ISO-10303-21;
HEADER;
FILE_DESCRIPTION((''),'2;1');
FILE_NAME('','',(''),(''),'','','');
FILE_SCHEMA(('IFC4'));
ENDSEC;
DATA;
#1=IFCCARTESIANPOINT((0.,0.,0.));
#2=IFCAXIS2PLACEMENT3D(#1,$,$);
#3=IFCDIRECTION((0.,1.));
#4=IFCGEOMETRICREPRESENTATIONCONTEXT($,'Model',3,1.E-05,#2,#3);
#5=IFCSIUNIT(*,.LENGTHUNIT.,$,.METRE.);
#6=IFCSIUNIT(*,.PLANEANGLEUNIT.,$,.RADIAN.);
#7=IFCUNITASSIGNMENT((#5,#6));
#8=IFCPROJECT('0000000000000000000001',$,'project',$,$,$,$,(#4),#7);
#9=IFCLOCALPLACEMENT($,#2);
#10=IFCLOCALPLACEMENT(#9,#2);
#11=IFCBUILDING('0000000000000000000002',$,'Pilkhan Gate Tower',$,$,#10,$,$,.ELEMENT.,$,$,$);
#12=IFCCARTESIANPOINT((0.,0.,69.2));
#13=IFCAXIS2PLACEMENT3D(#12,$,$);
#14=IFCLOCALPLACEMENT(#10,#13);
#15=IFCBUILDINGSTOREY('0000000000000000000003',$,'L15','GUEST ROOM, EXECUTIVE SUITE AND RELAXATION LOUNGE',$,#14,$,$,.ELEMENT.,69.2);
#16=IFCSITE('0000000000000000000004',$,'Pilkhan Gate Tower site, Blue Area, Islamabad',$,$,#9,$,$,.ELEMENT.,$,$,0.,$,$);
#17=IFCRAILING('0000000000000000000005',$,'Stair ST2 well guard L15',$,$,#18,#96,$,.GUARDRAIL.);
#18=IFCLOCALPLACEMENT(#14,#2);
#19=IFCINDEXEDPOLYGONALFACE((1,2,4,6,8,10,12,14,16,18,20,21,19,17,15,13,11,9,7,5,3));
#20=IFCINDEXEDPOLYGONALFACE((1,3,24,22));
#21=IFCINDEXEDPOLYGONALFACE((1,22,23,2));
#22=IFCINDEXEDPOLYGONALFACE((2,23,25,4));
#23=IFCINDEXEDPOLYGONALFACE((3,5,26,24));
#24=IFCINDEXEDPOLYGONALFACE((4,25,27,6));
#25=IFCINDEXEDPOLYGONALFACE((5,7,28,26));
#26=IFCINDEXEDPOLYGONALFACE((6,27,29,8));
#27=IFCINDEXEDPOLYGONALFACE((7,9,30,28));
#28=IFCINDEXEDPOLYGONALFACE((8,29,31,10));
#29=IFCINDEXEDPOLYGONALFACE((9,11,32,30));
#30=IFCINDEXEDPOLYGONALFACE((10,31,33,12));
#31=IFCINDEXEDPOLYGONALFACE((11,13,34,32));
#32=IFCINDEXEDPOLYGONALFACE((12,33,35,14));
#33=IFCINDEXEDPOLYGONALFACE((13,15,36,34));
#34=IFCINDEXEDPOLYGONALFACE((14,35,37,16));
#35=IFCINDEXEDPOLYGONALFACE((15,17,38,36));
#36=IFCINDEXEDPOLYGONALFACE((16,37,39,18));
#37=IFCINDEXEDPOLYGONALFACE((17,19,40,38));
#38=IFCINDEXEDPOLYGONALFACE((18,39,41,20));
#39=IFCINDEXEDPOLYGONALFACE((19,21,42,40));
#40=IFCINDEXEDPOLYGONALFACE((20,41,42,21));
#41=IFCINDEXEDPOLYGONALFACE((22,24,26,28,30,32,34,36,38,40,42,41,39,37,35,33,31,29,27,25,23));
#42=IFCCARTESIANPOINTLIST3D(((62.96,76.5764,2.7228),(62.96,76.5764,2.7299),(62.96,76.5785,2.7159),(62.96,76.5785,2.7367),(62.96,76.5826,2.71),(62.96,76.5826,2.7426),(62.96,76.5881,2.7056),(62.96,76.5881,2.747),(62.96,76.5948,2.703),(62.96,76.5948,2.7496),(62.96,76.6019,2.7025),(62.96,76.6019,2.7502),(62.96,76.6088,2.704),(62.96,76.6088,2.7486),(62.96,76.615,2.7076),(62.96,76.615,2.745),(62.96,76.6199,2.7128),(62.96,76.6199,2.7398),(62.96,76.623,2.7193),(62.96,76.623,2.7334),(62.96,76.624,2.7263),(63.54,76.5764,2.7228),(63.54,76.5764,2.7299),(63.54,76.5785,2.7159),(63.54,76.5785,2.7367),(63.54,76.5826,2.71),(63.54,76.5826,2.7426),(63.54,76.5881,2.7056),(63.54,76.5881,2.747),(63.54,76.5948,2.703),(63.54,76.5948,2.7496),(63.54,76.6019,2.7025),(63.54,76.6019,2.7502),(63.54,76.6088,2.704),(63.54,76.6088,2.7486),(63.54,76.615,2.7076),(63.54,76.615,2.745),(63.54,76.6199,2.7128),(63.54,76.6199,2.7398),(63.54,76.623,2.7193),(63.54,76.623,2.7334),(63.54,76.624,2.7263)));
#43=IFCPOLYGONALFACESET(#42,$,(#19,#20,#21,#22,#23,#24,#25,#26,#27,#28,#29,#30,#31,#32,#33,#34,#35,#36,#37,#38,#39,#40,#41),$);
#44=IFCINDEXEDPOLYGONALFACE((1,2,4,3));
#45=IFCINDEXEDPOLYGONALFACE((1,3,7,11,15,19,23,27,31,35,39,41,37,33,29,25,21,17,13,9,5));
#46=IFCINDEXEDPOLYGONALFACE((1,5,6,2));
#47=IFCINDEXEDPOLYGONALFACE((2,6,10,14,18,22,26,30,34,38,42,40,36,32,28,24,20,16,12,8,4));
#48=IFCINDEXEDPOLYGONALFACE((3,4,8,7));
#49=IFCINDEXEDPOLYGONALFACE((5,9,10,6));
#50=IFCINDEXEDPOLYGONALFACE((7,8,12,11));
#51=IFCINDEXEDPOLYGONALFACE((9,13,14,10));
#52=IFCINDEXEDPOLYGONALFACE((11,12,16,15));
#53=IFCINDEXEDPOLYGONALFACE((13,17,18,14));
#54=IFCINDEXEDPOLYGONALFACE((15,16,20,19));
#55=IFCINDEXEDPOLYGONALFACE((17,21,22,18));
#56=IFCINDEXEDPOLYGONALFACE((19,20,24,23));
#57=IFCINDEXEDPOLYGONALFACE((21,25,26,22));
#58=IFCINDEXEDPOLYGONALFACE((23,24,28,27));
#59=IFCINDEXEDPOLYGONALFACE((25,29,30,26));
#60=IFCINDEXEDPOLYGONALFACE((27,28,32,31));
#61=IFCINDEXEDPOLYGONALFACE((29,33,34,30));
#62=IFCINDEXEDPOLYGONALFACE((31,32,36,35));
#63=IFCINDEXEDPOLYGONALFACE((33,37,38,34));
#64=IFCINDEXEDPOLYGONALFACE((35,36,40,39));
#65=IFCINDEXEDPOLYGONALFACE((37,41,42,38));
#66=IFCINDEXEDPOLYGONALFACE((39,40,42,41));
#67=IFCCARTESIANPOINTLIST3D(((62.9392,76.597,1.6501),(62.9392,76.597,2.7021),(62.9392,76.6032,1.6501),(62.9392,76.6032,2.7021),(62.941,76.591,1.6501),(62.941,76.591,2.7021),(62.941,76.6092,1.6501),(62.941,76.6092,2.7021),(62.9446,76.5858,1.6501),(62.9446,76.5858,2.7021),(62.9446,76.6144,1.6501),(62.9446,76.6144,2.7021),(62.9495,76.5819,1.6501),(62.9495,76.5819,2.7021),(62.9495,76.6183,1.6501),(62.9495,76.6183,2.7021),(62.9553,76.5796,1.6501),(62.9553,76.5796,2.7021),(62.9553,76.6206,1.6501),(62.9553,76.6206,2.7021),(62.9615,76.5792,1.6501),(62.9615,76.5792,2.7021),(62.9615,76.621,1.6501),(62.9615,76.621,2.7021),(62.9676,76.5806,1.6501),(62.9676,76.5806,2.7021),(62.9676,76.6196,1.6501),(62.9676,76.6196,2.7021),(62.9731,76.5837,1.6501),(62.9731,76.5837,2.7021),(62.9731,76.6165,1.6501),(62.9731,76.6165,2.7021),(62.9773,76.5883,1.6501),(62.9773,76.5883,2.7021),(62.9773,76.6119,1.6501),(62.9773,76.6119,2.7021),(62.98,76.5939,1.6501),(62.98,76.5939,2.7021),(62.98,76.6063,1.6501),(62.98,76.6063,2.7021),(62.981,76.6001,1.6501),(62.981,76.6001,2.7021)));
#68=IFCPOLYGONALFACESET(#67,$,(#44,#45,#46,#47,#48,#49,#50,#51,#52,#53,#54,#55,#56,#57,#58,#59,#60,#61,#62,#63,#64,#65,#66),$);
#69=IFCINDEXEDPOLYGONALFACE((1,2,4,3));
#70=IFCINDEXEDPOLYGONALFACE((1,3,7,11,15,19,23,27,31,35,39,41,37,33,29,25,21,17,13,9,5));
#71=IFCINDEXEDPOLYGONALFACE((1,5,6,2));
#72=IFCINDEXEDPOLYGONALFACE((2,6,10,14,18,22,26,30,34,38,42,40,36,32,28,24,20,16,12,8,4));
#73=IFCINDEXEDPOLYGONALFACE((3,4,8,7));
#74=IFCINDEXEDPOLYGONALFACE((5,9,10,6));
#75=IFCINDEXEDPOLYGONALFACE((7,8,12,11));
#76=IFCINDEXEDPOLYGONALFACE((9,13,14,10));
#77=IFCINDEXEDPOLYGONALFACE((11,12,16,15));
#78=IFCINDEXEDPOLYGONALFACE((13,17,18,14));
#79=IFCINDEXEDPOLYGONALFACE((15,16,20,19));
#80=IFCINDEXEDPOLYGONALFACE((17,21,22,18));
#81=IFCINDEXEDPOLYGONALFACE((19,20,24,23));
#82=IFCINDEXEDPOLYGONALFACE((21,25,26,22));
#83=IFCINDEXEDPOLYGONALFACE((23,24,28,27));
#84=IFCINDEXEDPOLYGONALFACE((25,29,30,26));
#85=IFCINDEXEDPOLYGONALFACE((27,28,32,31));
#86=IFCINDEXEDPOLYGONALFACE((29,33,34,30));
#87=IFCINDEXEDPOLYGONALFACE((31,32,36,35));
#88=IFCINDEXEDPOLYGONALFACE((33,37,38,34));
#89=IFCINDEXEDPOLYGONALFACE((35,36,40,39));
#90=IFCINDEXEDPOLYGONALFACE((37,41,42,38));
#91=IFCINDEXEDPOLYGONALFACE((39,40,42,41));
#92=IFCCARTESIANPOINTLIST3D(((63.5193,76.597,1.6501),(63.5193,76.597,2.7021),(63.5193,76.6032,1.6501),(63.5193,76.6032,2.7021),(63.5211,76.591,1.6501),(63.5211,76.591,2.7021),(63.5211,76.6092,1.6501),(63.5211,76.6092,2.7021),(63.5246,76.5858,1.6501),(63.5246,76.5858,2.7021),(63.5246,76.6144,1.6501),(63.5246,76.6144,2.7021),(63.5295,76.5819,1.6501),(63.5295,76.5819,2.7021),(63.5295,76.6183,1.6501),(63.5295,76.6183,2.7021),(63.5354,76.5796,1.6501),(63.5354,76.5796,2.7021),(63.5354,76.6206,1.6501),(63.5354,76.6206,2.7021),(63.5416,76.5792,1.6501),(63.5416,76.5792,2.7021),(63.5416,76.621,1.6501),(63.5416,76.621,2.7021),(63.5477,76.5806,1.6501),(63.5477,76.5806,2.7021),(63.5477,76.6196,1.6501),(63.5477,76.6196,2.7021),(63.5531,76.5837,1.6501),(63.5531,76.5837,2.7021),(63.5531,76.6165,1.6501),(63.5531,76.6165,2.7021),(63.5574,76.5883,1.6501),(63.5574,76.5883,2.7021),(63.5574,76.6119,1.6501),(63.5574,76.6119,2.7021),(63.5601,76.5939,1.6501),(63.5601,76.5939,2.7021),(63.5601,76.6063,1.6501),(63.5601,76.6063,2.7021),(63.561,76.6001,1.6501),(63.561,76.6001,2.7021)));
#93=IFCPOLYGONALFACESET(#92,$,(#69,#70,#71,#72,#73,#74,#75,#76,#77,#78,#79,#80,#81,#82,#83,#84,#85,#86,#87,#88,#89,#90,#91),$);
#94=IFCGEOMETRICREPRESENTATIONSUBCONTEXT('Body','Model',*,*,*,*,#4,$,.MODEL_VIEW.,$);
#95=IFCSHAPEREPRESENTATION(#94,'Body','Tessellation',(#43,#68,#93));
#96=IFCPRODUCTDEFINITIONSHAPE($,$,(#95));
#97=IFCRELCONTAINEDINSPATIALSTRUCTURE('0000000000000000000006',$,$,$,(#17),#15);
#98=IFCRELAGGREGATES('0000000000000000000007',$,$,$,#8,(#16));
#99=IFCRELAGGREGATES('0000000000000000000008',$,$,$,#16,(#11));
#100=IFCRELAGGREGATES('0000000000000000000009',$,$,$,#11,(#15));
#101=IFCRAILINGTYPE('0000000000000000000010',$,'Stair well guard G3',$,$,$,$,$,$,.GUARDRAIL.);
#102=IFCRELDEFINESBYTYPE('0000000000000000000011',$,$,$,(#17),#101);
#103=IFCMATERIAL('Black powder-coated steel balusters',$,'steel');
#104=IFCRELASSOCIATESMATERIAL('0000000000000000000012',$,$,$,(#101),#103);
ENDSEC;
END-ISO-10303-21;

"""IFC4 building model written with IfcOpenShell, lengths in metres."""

from ifc_helpers import new_model, si_unit, direction, frame, origin, origin_2d, place, context, subcontext, project, spatial, circle, extrude, material, type_object, element, save


model = new_model("IFC4")

# Units and contexts
model_context = context("Model", 3, precision=1e-05, world=origin(), true_north=direction((0.0, 1.0)))
body_context = subcontext(model_context, "Body", "Model", "MODEL_VIEW")
ifc_project = project(units=[si_unit("LENGTHUNIT", "METRE"), si_unit("PLANEANGLEUNIT", "RADIAN")], contexts=[model_context])

# Site, building, storey
site_placement = place(None, origin())
site = spatial("IfcSite", under=ifc_project, at=site_placement, Name="Pilkhan Gate Tower site, Blue Area, Islamabad", CompositionType="ELEMENT", RefElevation=0.0)
building_placement = place(site_placement, origin())
building = spatial("IfcBuilding", under=site, at=building_placement, Name="Pilkhan Gate Tower", CompositionType="ELEMENT")
storey_placement = place(building_placement, frame((0.0, 0.0, 69.2)))
storey = spatial("IfcBuildingStorey", under=building, at=storey_placement, Name="L15", Description="GUEST ROOM, EXECUTIVE SUITE AND RELAXATION LOUNGE", CompositionType="ELEMENT", Elevation=69.2)

# Railing
ifc_material_1 = material(Name="Black powder-coated steel balusters", Category="steel")
railing_type_1 = type_object("IfcRailingType", Name="Stair well guard G3", PredefinedType="GUARDRAIL", material=ifc_material_1)
for number, where, name in (
    (1, (62.96, 76.6001, 1.6501), "Stair ST2 well guard L15"),
):
    element("IfcRailing", number, at=place(storey_placement, frame(where)), inside=storey, type_object=railing_type_1, Name=name, PredefinedType="GUARDRAIL", context=body_context, shape_type="SweptSolid", body=[
        extrude(circle(Radius=0.0239, at=origin_2d()), frame((0.0, 0.0, 1.0762), z_axis=(1.0, 0.0, 0.0), x_axis=(0.0, 1.0, 0.0)), (0.0, 0.0, 1.0), 0.5801),
        extrude(circle(Radius=0.021, at=origin_2d()), origin(), (0.0, 0.0, 1.0), 1.052),
        extrude(circle(Radius=0.021, at=origin_2d()), frame((0.5801, 0.0, 0.0)), (0.0, 0.0, 1.0), 1.052),
    ])

save(model, "model.ifc")
